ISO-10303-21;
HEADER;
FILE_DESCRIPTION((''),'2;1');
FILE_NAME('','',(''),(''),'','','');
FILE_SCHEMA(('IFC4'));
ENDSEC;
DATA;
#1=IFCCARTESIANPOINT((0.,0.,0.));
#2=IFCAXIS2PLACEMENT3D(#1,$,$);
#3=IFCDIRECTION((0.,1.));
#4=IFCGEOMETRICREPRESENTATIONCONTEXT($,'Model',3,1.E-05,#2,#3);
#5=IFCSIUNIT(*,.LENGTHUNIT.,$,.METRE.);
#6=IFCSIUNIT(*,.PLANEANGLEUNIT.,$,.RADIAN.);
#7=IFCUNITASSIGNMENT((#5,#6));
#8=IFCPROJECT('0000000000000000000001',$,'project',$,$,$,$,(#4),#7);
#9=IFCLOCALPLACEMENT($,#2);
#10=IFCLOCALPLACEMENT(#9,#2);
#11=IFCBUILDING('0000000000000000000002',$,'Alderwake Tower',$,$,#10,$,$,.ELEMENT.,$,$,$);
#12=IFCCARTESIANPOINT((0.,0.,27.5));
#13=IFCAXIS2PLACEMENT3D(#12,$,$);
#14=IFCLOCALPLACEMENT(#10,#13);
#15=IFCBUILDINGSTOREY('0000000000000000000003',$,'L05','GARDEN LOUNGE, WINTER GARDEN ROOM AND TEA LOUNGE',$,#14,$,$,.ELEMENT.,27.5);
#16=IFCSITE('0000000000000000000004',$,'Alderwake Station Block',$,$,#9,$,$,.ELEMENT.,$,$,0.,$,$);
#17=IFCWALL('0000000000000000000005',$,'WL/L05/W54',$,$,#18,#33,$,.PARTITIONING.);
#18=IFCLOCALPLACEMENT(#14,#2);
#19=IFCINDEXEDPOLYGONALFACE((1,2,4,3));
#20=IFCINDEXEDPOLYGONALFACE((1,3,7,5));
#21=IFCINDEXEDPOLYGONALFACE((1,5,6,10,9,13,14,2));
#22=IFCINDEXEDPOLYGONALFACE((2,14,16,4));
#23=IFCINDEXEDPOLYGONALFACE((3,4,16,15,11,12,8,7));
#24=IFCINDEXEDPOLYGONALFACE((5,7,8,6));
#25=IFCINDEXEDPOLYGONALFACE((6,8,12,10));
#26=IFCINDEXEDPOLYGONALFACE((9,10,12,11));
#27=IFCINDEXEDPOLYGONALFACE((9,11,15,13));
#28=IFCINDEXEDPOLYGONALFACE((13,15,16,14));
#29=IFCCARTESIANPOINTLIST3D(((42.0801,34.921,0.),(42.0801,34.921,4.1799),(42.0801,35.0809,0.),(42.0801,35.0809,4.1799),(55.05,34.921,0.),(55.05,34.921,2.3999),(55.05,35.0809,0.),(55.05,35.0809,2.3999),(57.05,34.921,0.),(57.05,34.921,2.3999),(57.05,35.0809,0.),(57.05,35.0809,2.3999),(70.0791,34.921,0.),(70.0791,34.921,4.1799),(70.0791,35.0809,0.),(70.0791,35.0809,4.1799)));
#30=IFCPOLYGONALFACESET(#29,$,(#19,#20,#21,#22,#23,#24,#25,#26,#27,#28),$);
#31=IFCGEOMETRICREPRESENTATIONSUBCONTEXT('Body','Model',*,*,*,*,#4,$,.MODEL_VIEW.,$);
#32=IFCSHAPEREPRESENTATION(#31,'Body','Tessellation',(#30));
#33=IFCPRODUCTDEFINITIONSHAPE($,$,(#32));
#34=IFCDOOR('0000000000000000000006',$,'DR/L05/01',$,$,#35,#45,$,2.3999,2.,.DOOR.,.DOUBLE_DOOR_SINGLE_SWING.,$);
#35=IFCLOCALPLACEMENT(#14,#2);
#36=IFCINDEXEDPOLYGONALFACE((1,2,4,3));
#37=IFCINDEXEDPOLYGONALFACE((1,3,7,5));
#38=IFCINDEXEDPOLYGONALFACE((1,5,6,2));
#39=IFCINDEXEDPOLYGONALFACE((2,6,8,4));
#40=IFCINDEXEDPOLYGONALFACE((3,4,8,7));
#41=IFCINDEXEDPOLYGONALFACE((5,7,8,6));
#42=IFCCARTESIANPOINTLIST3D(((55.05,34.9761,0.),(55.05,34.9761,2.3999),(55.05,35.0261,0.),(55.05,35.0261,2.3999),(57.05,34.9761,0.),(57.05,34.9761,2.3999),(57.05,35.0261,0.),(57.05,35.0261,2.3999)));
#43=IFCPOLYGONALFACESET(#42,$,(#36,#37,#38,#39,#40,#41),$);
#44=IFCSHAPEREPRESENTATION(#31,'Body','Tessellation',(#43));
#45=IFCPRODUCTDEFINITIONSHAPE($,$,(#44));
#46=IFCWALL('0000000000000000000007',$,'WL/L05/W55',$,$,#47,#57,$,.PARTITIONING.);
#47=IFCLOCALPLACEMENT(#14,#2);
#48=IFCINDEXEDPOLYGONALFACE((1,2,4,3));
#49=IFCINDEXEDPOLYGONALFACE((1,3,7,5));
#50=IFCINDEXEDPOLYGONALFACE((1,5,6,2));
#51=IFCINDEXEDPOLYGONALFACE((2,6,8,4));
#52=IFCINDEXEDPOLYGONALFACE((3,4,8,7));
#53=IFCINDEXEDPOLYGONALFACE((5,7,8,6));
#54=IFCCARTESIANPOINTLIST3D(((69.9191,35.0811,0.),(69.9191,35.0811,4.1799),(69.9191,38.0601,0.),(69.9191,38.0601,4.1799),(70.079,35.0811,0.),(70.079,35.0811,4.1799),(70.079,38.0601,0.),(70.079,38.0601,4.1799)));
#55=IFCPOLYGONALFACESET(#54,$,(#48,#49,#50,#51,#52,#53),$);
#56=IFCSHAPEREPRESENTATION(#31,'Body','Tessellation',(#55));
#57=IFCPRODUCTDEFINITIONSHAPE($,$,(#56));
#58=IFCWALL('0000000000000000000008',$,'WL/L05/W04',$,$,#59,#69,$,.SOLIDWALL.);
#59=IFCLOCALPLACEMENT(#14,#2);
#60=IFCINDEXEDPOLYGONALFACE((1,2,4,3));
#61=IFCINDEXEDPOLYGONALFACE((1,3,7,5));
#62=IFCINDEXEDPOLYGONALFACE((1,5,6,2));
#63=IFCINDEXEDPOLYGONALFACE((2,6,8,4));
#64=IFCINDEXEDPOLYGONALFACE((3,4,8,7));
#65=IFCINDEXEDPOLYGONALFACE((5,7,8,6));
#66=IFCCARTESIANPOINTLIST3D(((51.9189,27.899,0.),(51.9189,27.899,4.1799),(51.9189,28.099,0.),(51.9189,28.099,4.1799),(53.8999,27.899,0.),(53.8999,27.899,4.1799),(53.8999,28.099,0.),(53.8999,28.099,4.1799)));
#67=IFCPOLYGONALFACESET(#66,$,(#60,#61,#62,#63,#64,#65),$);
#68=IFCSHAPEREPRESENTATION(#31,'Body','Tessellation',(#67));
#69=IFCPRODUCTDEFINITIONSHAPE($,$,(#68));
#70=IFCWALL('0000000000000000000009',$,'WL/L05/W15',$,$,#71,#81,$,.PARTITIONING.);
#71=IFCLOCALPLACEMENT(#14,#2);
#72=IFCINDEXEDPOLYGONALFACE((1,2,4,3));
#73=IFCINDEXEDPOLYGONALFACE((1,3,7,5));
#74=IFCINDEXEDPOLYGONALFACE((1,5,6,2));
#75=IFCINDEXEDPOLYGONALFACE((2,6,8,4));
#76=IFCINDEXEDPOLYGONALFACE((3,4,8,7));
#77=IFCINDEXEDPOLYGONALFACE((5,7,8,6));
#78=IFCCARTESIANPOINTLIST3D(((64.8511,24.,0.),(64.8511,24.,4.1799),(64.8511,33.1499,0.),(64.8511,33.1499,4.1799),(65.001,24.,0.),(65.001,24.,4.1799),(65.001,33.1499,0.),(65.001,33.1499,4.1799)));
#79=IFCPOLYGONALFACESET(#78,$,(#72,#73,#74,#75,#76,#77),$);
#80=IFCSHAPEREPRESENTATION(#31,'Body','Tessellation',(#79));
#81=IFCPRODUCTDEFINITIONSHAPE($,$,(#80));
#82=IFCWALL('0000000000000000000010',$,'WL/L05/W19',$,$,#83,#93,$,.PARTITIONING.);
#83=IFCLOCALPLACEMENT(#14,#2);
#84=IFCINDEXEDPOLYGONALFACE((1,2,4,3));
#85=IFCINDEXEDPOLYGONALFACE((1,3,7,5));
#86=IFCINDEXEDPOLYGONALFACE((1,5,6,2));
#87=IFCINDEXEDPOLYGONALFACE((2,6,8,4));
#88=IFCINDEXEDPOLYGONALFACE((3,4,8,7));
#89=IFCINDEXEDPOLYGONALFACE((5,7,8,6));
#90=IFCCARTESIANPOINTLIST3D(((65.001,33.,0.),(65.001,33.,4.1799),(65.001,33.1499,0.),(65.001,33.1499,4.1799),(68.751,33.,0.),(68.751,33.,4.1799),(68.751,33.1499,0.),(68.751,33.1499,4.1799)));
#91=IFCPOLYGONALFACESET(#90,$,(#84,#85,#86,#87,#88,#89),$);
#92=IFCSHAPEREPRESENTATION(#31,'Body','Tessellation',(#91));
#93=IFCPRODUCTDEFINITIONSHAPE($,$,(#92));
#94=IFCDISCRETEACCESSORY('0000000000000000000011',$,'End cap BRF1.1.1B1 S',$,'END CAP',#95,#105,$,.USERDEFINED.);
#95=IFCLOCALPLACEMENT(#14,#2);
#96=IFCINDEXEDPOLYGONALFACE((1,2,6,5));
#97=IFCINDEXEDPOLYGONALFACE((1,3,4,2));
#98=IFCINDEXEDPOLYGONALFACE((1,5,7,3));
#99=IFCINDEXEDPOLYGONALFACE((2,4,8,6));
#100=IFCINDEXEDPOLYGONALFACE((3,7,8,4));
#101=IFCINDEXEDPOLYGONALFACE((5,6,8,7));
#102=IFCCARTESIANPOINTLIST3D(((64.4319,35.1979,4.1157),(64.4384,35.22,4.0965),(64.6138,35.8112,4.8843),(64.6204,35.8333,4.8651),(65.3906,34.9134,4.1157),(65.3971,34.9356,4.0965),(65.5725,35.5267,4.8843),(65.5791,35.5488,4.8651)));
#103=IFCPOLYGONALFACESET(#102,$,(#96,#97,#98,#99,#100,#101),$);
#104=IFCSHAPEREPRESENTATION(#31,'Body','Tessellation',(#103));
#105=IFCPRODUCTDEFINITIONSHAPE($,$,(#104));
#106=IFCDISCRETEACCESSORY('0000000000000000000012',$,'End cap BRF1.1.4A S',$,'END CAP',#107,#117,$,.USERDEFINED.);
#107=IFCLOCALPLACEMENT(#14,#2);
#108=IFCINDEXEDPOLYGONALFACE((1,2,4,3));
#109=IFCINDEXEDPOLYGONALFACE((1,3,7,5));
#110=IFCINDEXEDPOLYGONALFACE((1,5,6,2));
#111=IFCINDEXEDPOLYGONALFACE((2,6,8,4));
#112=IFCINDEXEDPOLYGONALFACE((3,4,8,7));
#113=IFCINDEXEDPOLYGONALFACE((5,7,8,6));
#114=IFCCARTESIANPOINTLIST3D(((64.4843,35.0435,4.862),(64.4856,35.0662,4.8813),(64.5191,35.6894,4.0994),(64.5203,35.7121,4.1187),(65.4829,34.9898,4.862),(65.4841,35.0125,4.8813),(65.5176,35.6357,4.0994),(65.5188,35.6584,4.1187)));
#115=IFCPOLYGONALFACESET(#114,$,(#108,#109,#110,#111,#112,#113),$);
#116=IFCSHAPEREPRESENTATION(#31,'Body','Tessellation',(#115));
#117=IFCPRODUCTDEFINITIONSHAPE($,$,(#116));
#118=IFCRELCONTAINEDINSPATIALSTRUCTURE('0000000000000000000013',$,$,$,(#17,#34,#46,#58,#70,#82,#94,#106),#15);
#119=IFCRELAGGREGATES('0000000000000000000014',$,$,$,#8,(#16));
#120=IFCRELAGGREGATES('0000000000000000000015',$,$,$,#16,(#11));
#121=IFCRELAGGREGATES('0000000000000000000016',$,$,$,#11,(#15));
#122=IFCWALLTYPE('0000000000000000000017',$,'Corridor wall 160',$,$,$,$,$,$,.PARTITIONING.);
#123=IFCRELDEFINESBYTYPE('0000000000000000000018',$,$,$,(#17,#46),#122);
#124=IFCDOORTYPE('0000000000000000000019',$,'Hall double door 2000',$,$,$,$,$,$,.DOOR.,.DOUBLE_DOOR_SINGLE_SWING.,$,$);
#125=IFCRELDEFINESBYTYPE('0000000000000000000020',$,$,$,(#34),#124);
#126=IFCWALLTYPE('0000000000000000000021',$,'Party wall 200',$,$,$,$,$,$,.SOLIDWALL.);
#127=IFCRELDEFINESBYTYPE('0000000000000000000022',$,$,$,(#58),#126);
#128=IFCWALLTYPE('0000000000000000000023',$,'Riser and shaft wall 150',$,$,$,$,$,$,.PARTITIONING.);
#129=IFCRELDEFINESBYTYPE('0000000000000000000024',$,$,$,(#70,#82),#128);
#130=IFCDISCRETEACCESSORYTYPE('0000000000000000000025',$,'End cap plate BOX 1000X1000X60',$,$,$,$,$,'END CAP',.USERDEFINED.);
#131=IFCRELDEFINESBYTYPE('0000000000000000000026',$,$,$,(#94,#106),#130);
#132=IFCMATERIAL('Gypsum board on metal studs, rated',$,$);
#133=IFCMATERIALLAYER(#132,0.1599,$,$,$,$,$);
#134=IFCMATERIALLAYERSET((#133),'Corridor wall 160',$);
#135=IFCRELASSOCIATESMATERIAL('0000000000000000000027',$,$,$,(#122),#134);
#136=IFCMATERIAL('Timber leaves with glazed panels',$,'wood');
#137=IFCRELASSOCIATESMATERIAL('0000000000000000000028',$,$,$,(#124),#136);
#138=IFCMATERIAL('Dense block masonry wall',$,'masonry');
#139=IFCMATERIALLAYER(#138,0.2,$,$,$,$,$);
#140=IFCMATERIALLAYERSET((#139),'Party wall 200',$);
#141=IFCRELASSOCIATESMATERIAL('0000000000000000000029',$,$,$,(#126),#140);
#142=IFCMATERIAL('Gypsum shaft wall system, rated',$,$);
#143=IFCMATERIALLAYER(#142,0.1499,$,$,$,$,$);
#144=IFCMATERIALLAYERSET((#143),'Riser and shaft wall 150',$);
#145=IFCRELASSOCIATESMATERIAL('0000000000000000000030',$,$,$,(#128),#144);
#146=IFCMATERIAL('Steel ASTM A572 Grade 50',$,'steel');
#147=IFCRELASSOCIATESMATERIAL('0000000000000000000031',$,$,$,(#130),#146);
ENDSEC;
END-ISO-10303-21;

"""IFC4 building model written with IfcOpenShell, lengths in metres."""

from ifc_helpers import new_model, si_unit, direction, frame, frame_2d, origin, origin_2d, place, context, subcontext, project, spatial, rectangle, extrude, material, layer, layer_set, material_profile, profile_set, type_object, element, fill, save


model = new_model("IFC4")

# Units and contexts
model_context = context("Model", 3, precision=1e-05, world=origin(), true_north=direction((0.0, 1.0)))
body_context = subcontext(model_context, "Body", "Model", "MODEL_VIEW")
ifc_project = project(units=[si_unit("LENGTHUNIT", "METRE"), si_unit("PLANEANGLEUNIT", "RADIAN")], contexts=[model_context])

# Site, building, storey
site_placement = place(None, origin())
site = spatial("IfcSite", under=ifc_project, at=site_placement, Name="Alderwake Station Block", CompositionType="ELEMENT", RefElevation=0.0)
building_placement = place(site_placement, origin())
building = spatial("IfcBuilding", under=site, at=building_placement, Name="Alderwake Tower", CompositionType="ELEMENT")
storey_placement = place(building_placement, frame((0.0, 0.0, 27.5)))
storey = spatial("IfcBuildingStorey", under=building, at=storey_placement, Name="L05", Description="GARDEN LOUNGE, WINTER GARDEN ROOM AND TEA LOUNGE", CompositionType="ELEMENT", Elevation=27.5)

# Shared definitions
ifc_material_1 = material(Name="Gypsum board on metal studs, rated")
ifc_layer_1 = layer(ifc_material_1, 0.1599)
ifc_layer_set_1 = layer_set([ifc_layer_1], Name="Corridor wall 160")
wall_type_1 = type_object("IfcWallType", Name="Corridor wall 160", PredefinedType="PARTITIONING", material=ifc_layer_set_1)

# Wall, opening, door
wall_1_placement = place(storey_placement, frame((70.0791, 35.001, 0.0), z_axis=(0.0, 0.0, 1.0), x_axis=(-1.0, 0.0, 0.0)))
wall_1 = element("IfcWall", 1, at=wall_1_placement, inside=storey, type_object=wall_type_1, Name="WL/L05/W54", PredefinedType="PARTITIONING", context=body_context, shape_type="SweptSolid", body=[
    extrude(rectangle(XDim=27.999, YDim=0.1599, at=frame_2d((13.9995, 0.0))), origin(), (0.0, 0.0, 1.0), 4.1799),
])
opening_1_placement = place(wall_1_placement, frame((13.0291, 0.0, 0.0)))
opening_1 = element("IfcOpeningElement", 2, at=opening_1_placement, cuts=wall_1, PredefinedType="OPENING", context=body_context, shape_type="SweptSolid", body=[
    extrude(rectangle(XDim=2.0, YDim=2.3999, at=frame_2d((1.0, 1.2))), frame((0.0, 0.0898, 0.0), z_axis=(0.0, -1.0, 0.0), x_axis=(1.0, 0.0, 0.0)), (0.0, 0.0, 1.0), 0.1799),
])
ifc_material_2 = material(Name="Timber leaves with glazed panels", Category="wood")
door_type_1 = type_object("IfcDoorType", Name="Hall double door 2000", OperationType="DOUBLE_DOOR_SINGLE_SWING", PredefinedType="DOOR", material=ifc_material_2)
door_1_placement = place(opening_1_placement, origin())
door_1 = element("IfcDoor", 3, at=door_1_placement, inside=storey, type_object=door_type_1, Name="DR/L05/01", OperationType="DOUBLE_DOOR_SINGLE_SWING", OverallHeight=2.3999, OverallWidth=2.0, PredefinedType="DOOR", context=body_context, shape_type="SweptSolid", body=[
    extrude(rectangle(XDim=2.0, YDim=2.3999, at=frame_2d((1.0, 1.2))), frame((0.0, 0.0249, 0.0), z_axis=(0.0, -1.0, 0.0), x_axis=(1.0, 0.0, 0.0)), (0.0, 0.0, 1.0), 0.05),
])
fill(opening_1, door_1)

# Walls
wall_2_placement = place(storey_placement, frame((69.999, 38.0601, 0.0), z_axis=(0.0, 0.0, 1.0), x_axis=(0.0, -1.0, 0.0)))
element("IfcWall", 4, at=wall_2_placement, inside=storey, type_object=wall_type_1, Name="WL/L05/W55", PredefinedType="PARTITIONING", context=body_context, shape_type="SweptSolid", body=[
    extrude(rectangle(XDim=2.979, YDim=0.1599, at=frame_2d((1.4895, 0.0))), origin(), (0.0, 0.0, 1.0), 4.1799),
])
ifc_material_3 = material(Name="Dense block masonry wall", Category="masonry")
ifc_layer_2 = layer(ifc_material_3, 0.2)
ifc_layer_set_2 = layer_set([ifc_layer_2], Name="Party wall 200")
wall_type_2 = type_object("IfcWallType", Name="Party wall 200", PredefinedType="SOLIDWALL", material=ifc_layer_set_2)
wall_3_placement = place(storey_placement, frame((53.8999, 27.999, 0.0), z_axis=(0.0, 0.0, 1.0), x_axis=(-1.0, 0.0, 0.0)))
element("IfcWall", 5, at=wall_3_placement, inside=storey, type_object=wall_type_2, Name="WL/L05/W04", PredefinedType="SOLIDWALL", context=body_context, shape_type="SweptSolid", body=[
    extrude(rectangle(XDim=1.981, YDim=0.2, at=frame_2d((0.9905, 0.0))), origin(), (0.0, 0.0, 1.0), 4.1799),
])
ifc_material_4 = material(Name="Gypsum shaft wall system, rated")
ifc_layer_3 = layer(ifc_material_4, 0.1499)
ifc_layer_set_3 = layer_set([ifc_layer_3], Name="Riser and shaft wall 150")
wall_type_3 = type_object("IfcWallType", Name="Riser and shaft wall 150", PredefinedType="PARTITIONING", material=ifc_layer_set_3)
wall_4_placement = place(storey_placement, frame((64.926, 33.1499, 0.0), z_axis=(0.0, 0.0, 1.0), x_axis=(0.0, -1.0, 0.0)))
element("IfcWall", 6, at=wall_4_placement, inside=storey, type_object=wall_type_3, Name="WL/L05/W15", PredefinedType="PARTITIONING", context=body_context, shape_type="SweptSolid", body=[
    extrude(rectangle(XDim=9.1499, YDim=0.1499, at=frame_2d((4.575, 0.0))), origin(), (0.0, 0.0, 1.0), 4.1799),
])
wall_5_placement = place(storey_placement, frame((68.751, 33.075, 0.0), z_axis=(0.0, 0.0, 1.0), x_axis=(-1.0, 0.0, 0.0)))
element("IfcWall", 7, at=wall_5_placement, inside=storey, type_object=wall_type_3, Name="WL/L05/W19", PredefinedType="PARTITIONING", context=body_context, shape_type="SweptSolid", body=[
    extrude(rectangle(XDim=3.75, YDim=0.1499, at=frame_2d((1.875, 0.0))), origin(), (0.0, 0.0, 1.0), 4.1799),
])

# Discrete accessories
ifc_material_5 = material(Name="Steel ASTM A572 Grade 50", Category="steel")
ifc_material_profile_1 = material_profile(ifc_material_5, rectangle(XDim=1.0, YDim=1.0, at=origin_2d()), Name="BOX 1000X1000X60 cap")
ifc_profile_set_1 = profile_set([ifc_material_profile_1], Name="Steel ASTM A572 Grade 50")
discrete_accessory_type = type_object("IfcDiscreteAccessoryType", Name="End cap plate BOX 1000X1000X60", ElementType="END CAP", PredefinedType="USERDEFINED", material=ifc_profile_set_1)
discrete_accessory_1_placement = place(storey_placement, frame((65.0022, 35.3623, 4.5), z_axis=(0.218632, 0.736872, -0.639702), x_axis=(-0.958692, 0.284447, 0.0)))
element("IfcDiscreteAccessory", 8, at=discrete_accessory_1_placement, inside=storey, type_object=discrete_accessory_type, Name="End cap BRF1.1.1B1 S", ObjectType="END CAP", PredefinedType="USERDEFINED", context=body_context, shape_type="SweptSolid", body=[
    extrude(rectangle(XDim=1.0, YDim=1.0, at=origin_2d()), origin(), (0.0, 0.0, 1.0), 0.03),
])
discrete_accessory_2_placement = place(storey_placement, frame((65.0022, 35.3623, 4.5), z_axis=(-0.040941, -0.761502, -0.646868), x_axis=(0.998558, -0.053686, 0.0)))
element("IfcDiscreteAccessory", 9, at=discrete_accessory_2_placement, inside=storey, type_object=discrete_accessory_type, Name="End cap BRF1.1.4A S", ObjectType="END CAP", PredefinedType="USERDEFINED", context=body_context, shape_type="SweptSolid", body=[
    extrude(rectangle(XDim=1.0, YDim=1.0, at=origin_2d()), origin(), (0.0, 0.0, 1.0), 0.0298),
])

save(model, "model.ifc")
